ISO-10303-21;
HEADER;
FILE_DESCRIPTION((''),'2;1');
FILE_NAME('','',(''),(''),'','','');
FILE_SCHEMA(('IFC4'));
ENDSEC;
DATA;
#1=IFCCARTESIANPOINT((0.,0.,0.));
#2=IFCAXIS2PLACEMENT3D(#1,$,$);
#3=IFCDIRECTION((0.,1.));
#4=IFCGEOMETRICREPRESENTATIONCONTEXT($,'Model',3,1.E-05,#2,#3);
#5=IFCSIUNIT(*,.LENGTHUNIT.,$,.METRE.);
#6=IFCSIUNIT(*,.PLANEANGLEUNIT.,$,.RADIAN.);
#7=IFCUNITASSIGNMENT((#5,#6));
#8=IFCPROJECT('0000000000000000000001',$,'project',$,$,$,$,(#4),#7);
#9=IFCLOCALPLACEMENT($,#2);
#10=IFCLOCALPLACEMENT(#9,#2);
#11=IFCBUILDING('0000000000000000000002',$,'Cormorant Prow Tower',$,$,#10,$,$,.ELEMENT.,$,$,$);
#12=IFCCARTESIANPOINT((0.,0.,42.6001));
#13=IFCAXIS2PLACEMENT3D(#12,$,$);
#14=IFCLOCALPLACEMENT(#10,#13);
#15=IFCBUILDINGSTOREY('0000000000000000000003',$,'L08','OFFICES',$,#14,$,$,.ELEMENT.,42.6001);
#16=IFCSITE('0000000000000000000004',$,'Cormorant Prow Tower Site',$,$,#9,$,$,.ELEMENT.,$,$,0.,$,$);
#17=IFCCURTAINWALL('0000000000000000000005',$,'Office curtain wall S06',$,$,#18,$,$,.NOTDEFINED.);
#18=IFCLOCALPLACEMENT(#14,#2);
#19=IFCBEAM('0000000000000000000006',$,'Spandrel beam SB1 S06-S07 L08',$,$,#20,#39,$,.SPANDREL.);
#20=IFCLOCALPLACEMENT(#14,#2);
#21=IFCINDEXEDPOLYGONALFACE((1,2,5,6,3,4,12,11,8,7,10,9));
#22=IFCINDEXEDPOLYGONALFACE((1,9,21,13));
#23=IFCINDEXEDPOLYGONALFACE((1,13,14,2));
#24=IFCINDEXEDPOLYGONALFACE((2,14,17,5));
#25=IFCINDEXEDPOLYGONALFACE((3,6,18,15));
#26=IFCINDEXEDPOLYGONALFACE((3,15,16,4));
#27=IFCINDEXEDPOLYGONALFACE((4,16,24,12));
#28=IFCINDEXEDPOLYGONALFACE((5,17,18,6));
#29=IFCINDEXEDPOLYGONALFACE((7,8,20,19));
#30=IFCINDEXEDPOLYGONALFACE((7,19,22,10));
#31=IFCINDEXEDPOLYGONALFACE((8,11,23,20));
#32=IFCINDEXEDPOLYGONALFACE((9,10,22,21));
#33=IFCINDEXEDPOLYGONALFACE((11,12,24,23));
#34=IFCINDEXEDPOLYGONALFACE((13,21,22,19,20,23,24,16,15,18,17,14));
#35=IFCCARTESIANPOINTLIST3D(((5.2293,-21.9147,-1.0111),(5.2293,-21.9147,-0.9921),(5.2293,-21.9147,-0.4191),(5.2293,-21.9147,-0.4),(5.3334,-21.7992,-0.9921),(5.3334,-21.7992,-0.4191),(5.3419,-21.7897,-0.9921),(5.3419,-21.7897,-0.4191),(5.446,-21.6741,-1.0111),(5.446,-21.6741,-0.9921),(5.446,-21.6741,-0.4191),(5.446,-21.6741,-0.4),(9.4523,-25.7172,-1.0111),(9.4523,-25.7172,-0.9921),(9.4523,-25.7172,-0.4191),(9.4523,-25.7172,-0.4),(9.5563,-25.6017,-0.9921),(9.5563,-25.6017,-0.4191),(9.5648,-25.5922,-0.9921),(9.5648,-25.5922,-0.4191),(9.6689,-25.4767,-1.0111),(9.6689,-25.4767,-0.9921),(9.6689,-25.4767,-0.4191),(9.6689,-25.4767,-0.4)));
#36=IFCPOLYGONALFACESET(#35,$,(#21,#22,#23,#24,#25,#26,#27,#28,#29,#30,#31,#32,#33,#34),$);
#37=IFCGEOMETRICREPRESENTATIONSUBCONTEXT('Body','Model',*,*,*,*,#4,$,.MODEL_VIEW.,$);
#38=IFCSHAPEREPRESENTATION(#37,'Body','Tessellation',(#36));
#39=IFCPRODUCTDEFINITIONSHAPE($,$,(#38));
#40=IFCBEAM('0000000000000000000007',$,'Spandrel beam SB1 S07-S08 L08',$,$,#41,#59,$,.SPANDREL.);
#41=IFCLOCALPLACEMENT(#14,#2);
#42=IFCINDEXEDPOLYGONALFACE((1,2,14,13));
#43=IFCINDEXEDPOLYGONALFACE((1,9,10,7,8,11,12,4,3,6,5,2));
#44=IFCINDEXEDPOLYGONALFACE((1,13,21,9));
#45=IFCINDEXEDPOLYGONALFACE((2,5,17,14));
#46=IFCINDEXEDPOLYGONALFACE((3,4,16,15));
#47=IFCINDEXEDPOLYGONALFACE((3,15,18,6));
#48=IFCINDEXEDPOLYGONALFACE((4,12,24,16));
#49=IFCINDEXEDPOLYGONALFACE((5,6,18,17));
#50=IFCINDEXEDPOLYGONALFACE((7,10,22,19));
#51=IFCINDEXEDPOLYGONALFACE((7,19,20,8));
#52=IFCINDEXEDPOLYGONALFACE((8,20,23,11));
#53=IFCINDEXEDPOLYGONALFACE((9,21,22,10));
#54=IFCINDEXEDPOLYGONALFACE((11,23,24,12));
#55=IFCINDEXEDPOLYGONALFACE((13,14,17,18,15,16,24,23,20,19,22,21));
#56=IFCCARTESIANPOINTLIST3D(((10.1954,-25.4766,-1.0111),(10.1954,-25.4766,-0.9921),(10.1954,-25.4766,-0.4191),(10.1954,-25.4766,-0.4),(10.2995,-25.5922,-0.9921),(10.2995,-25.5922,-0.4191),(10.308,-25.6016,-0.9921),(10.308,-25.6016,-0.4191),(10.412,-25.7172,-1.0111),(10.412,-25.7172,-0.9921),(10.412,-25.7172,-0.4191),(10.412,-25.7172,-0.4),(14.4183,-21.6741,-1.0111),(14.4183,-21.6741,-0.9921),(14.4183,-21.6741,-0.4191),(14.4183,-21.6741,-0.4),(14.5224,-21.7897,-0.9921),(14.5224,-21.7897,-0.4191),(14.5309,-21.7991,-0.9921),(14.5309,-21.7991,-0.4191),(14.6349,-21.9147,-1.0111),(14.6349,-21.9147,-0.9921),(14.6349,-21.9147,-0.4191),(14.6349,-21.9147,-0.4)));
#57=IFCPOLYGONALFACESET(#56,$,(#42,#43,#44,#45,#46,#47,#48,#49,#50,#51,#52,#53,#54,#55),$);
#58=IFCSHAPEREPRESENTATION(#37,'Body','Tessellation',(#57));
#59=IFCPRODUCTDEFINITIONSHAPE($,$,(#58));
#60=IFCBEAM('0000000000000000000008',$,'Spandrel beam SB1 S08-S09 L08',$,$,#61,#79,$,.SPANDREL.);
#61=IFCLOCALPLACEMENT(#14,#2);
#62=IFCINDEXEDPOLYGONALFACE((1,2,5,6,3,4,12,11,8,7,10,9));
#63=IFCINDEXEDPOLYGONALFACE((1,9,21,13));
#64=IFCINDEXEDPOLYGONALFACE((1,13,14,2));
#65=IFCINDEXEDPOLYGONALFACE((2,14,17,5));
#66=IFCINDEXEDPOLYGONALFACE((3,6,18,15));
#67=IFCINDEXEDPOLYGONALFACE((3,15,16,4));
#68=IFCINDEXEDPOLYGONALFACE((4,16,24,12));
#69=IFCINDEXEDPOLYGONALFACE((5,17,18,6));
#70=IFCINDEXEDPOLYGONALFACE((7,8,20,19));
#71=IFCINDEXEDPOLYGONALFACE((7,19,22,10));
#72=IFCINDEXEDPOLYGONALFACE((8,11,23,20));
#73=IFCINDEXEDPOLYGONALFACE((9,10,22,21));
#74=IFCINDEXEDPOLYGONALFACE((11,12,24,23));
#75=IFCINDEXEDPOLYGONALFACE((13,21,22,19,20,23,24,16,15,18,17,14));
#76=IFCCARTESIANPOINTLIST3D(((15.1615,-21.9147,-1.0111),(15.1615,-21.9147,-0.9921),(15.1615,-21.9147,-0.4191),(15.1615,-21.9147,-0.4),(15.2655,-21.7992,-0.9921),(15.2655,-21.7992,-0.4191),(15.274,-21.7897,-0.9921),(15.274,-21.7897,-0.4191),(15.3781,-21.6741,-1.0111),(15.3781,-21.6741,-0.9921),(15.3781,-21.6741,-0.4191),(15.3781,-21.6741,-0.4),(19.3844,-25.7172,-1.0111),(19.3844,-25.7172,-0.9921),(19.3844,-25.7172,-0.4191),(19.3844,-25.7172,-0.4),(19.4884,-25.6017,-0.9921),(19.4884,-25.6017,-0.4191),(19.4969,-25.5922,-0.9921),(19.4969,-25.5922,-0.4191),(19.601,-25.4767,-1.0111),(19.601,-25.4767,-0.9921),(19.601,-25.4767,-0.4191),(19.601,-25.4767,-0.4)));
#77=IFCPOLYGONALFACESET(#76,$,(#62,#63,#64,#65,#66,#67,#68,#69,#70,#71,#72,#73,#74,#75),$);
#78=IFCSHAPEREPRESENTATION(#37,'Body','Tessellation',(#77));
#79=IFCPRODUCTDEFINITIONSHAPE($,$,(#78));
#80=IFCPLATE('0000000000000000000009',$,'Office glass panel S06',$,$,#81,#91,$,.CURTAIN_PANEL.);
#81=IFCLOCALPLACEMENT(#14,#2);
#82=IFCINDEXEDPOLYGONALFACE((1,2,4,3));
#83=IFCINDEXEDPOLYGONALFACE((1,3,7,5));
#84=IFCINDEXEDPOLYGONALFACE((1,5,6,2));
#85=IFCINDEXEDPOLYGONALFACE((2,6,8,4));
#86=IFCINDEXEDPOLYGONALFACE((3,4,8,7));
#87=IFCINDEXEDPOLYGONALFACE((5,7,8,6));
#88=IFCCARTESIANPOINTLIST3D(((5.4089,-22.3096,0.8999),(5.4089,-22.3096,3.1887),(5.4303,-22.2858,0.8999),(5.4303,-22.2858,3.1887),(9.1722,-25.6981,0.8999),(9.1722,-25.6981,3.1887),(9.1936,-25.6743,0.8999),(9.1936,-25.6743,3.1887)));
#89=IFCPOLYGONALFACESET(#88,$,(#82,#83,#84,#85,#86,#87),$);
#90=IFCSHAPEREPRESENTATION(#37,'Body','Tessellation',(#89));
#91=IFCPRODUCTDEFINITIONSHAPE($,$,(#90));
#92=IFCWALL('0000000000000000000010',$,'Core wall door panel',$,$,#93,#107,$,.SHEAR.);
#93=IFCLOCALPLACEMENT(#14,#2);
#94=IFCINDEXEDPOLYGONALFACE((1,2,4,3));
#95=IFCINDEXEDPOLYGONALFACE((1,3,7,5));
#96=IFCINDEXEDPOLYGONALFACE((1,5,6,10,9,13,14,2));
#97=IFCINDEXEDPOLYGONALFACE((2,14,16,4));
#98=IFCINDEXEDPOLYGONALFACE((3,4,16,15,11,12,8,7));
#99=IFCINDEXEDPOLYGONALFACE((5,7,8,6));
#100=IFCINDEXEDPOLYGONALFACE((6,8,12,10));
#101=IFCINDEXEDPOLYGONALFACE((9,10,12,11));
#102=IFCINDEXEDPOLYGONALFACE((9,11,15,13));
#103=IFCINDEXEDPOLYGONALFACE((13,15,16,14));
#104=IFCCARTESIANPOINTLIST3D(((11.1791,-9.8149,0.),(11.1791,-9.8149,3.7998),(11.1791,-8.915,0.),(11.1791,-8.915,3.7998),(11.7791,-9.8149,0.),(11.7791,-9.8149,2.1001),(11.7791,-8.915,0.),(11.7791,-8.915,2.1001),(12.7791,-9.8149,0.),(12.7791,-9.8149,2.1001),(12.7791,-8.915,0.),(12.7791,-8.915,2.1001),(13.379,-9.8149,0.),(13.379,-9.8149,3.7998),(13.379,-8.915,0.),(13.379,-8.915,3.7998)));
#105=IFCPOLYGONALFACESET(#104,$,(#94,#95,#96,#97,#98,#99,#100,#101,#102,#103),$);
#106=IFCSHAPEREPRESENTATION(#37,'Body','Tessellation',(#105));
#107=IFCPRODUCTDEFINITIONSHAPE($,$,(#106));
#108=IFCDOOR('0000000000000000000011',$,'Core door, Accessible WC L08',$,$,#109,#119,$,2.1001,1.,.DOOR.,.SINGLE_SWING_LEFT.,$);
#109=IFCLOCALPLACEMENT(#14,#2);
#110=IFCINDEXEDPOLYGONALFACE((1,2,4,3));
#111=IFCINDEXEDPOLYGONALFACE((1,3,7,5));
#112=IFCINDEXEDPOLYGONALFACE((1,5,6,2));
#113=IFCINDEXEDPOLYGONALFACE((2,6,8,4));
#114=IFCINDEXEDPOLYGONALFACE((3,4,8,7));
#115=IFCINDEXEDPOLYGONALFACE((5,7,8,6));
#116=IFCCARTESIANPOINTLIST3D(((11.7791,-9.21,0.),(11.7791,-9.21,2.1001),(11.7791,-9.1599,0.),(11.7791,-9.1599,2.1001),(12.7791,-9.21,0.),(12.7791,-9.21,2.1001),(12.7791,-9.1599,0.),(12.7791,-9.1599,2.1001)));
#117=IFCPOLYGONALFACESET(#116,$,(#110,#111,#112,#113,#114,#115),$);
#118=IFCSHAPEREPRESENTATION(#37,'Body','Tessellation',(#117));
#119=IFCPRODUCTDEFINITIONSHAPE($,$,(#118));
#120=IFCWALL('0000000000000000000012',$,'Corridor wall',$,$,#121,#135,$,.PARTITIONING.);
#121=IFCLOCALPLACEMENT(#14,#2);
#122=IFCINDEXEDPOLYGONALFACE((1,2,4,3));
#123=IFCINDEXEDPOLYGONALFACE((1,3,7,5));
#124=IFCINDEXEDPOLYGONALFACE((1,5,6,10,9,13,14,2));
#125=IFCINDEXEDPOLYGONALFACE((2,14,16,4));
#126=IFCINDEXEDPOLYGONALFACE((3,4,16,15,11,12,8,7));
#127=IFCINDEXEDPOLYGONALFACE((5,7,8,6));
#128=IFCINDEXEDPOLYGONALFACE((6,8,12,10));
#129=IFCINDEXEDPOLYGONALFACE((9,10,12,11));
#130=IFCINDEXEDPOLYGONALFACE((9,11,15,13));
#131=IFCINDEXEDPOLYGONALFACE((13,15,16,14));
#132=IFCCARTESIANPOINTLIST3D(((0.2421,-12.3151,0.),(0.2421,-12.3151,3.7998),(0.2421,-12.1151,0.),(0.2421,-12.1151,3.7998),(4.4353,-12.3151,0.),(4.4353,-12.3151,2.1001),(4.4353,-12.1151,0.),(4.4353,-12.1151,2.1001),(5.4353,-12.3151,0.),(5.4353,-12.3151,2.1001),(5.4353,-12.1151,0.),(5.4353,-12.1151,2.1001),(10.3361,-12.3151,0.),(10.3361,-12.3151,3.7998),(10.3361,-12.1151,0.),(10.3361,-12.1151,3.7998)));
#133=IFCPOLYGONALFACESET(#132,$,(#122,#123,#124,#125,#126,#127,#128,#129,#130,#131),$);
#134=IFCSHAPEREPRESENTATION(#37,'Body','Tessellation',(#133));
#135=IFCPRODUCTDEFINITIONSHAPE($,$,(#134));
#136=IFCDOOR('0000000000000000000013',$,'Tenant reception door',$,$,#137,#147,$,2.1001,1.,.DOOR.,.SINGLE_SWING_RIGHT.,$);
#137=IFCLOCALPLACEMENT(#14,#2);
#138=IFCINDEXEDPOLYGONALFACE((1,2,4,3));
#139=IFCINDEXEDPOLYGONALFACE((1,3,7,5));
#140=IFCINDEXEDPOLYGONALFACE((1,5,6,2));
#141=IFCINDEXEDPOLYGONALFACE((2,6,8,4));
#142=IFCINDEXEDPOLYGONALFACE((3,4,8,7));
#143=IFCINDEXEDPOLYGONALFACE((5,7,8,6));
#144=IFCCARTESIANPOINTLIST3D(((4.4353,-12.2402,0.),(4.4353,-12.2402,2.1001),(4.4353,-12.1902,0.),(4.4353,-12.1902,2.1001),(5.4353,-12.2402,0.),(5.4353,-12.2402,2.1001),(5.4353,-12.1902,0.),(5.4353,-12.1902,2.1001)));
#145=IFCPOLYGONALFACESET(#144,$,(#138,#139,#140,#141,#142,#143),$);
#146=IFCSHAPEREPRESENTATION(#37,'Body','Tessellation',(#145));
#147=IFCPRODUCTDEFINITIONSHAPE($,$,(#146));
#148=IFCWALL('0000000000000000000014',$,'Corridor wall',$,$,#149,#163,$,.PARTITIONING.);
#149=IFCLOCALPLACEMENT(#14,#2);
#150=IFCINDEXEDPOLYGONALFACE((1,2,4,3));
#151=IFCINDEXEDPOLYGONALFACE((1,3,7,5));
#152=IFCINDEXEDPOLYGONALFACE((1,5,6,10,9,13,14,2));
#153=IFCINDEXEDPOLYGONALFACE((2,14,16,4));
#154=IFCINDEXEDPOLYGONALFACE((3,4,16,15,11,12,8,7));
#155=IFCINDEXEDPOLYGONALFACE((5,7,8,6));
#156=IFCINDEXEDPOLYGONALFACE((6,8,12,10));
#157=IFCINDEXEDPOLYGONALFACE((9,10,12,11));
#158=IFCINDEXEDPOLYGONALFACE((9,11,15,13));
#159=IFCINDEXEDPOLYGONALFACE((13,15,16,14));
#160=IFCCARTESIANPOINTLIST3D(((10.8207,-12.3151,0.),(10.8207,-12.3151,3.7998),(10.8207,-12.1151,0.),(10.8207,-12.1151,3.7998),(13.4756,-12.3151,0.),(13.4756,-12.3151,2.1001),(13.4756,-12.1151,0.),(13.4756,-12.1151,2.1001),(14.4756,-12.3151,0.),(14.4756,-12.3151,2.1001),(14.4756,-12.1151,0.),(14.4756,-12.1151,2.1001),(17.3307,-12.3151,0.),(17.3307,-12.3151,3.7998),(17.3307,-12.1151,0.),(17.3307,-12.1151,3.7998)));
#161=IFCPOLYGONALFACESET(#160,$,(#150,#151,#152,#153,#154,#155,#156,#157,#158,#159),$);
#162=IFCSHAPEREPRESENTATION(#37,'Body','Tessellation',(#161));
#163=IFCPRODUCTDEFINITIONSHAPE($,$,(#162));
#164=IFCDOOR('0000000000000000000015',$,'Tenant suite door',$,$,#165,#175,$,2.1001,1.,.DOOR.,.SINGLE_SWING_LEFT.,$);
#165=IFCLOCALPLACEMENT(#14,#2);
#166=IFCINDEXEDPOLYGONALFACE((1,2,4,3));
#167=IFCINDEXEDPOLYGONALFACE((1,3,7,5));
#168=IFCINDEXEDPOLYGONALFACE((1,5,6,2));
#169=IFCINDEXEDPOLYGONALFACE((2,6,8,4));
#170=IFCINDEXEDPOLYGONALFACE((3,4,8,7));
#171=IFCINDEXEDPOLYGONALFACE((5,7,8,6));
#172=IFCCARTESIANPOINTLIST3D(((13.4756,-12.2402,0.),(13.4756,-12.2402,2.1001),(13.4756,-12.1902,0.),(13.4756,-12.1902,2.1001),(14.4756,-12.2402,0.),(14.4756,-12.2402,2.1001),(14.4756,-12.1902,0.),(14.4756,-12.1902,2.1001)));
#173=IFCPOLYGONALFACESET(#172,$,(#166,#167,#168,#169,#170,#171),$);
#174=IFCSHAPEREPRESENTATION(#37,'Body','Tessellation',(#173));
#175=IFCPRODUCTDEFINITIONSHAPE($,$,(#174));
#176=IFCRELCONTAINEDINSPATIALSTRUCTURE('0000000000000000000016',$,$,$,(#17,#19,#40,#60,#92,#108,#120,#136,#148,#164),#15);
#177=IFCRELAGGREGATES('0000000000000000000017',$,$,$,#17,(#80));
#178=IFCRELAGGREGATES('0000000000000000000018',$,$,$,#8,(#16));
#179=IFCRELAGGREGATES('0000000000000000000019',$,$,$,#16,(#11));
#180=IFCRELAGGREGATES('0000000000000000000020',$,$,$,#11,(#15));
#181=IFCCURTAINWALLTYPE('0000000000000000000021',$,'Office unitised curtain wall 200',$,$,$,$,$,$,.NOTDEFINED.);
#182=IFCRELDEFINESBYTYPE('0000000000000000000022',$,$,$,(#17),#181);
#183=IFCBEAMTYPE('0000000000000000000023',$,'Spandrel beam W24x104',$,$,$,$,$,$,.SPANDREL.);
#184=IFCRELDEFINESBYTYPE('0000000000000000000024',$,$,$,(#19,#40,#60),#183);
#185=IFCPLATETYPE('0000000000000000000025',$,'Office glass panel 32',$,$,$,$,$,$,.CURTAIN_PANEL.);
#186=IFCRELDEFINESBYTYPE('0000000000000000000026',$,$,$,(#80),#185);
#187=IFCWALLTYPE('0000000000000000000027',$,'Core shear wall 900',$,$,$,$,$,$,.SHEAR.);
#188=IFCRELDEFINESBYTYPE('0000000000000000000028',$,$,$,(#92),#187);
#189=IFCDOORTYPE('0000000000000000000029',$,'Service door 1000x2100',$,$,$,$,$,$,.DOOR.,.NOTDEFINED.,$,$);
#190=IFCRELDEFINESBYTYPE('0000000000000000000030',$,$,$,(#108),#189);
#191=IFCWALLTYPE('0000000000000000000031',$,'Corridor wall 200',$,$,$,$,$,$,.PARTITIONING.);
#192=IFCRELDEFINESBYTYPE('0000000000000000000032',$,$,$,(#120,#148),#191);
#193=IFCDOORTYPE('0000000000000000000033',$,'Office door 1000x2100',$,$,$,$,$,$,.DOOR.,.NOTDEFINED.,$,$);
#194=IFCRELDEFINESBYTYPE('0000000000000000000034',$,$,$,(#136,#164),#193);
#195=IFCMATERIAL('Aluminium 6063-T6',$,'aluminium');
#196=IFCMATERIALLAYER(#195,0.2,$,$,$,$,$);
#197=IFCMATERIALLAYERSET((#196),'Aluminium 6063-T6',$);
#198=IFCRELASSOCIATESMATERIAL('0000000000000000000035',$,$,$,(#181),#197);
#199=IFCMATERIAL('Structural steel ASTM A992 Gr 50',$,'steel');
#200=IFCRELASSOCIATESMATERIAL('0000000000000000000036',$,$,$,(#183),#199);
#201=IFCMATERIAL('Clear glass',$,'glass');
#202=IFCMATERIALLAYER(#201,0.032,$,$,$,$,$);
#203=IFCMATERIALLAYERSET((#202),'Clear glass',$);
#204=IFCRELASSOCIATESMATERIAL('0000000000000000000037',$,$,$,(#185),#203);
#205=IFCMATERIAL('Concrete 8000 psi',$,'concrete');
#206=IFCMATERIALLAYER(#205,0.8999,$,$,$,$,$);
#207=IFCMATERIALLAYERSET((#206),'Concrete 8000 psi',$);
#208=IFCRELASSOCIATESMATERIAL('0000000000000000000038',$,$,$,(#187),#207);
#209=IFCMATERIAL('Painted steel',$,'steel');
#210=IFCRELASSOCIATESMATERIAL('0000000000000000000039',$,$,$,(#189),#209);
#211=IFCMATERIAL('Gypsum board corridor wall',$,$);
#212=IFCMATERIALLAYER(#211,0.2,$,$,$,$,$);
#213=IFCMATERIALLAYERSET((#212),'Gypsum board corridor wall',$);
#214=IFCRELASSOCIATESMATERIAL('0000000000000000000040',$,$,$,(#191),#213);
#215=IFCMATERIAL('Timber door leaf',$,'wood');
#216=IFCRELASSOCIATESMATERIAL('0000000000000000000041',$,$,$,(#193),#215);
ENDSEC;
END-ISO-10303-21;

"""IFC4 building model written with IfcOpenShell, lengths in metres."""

from ifc_helpers import new_model, si_unit, direction, frame, frame_2d, origin, origin_2d, place, context, subcontext, project, spatial, rectangle, i_section, extrude, material, layer, layer_set, material_profile, profile_set, type_object, element, fill, aggregate, save


model = new_model("IFC4")

# Units and contexts
model_context = context("Model", 3, precision=1e-05, world=origin(), true_north=direction((0.0, 1.0)))
body_context = subcontext(model_context, "Body", "Model", "MODEL_VIEW")
ifc_project = project(units=[si_unit("LENGTHUNIT", "METRE"), si_unit("PLANEANGLEUNIT", "RADIAN")], contexts=[model_context])

# Site, building, storey
site_placement = place(None, origin())
site = spatial("IfcSite", under=ifc_project, at=site_placement, Name="Cormorant Prow Tower Site", CompositionType="ELEMENT", RefElevation=0.0)
building_placement = place(site_placement, origin())
building = spatial("IfcBuilding", under=site, at=building_placement, Name="Cormorant Prow Tower", CompositionType="ELEMENT")
storey_placement = place(building_placement, frame((0.0, 0.0, 42.6001)))
storey = spatial("IfcBuildingStorey", under=building, at=storey_placement, Name="L08", Description="OFFICES", CompositionType="ELEMENT", Elevation=42.6001)

# Curtain wall
ifc_material_1 = material(Name="Aluminium 6063-T6", Category="aluminium")
ifc_layer_1 = layer(ifc_material_1, 0.2)
ifc_layer_set_1 = layer_set([ifc_layer_1], Name="Aluminium 6063-T6")
curtain_wall_type = type_object("IfcCurtainWallType", Name="Office unitised curtain wall 200", PredefinedType="NOTDEFINED", material=ifc_layer_set_1)
curtain_wall_1_placement = place(storey_placement, origin())
curtain_wall_1 = element("IfcCurtainWall", 1, at=curtain_wall_1_placement, inside=storey, type_object=curtain_wall_type, Name="Office curtain wall S06", PredefinedType="NOTDEFINED")

# Beams
ifc_material_2 = material(Name="Structural steel ASTM A992 Gr 50", Category="steel")
ifc_material_profile_1 = material_profile(ifc_material_2, i_section(OverallWidth=0.3237, OverallDepth=0.6111, WebThickness=0.0127, FlangeThickness=0.019, at=origin_2d()), Name="W24x104")
ifc_profile_set_1 = profile_set([ifc_material_profile_1], Name="Structural steel ASTM A992 Gr 50")
beam_type_1 = type_object("IfcBeamType", Name="Spandrel beam W24x104", PredefinedType="SPANDREL", material=ifc_profile_set_1)
for number, where, z_axis, x_axis, name in (
    (2, (5.3376, -21.7944, -0.7056), (0.74313, -0.669147, 0.0), (0.669147, 0.74313, 0.0), "Spandrel beam SB1 S06-S07 L08"),
    (3, (10.3037, -25.5969, -0.7056), (0.74313, 0.669147, 0.0), (-0.669147, 0.74313, 0.0), "Spandrel beam SB1 S07-S08 L08"),
    (4, (15.2698, -21.7944, -0.7056), (0.74313, -0.669147, 0.0), (0.669147, 0.74313, 0.0), "Spandrel beam SB1 S08-S09 L08"),
):
    element("IfcBeam", number, at=place(storey_placement, frame(where, z_axis=z_axis, x_axis=x_axis)), inside=storey, type_object=beam_type_1, Name=name, PredefinedType="SPANDREL", context=body_context, shape_type="SweptSolid", body=[
        extrude(i_section(OverallWidth=0.3237, OverallDepth=0.6111, WebThickness=0.0127, FlangeThickness=0.019, at=origin_2d()), origin(), (0.0, 0.0, 1.0), 5.6826),
    ])

# Plate
ifc_material_3 = material(Name="Clear glass", Category="glass")
ifc_layer_2 = layer(ifc_material_3, 0.032)
ifc_layer_set_2 = layer_set([ifc_layer_2], Name="Clear glass")
plate_type = type_object("IfcPlateType", Name="Office glass panel 32", PredefinedType="CURTAIN_PANEL", material=ifc_layer_set_2)
plate_placement = place(storey_placement, frame((7.3013, -23.9919, 0.8999), z_axis=(0.0, 0.0, 1.0), x_axis=(0.743145, -0.669131, 0.0)))
plate = element("IfcPlate", 5, at=plate_placement, type_object=plate_type, Name="Office glass panel S06", PredefinedType="CURTAIN_PANEL", context=body_context, shape_type="SweptSolid", body=[
    extrude(rectangle(XDim=5.064, YDim=0.032, at=origin_2d()), origin(), (0.0, 0.0, 1.0), 2.2888),
])
aggregate(curtain_wall_1, [plate])

# Walls, openings, doors
ifc_material_4 = material(Name="Concrete 8000 psi", Category="concrete")
ifc_layer_3 = layer(ifc_material_4, 0.8999)
ifc_layer_set_3 = layer_set([ifc_layer_3], Name="Concrete 8000 psi")
wall_type_1 = type_object("IfcWallType", Name="Core shear wall 900", PredefinedType="SHEAR", material=ifc_layer_set_3)
wall_1_placement = place(storey_placement, frame((11.179, -9.365, 0.0), z_axis=(0.0, 0.0, 1.0), x_axis=(1.0, 0.0, 0.0)))
wall_1 = element("IfcWall", 6, at=wall_1_placement, inside=storey, type_object=wall_type_1, Name="Core wall door panel", PredefinedType="SHEAR", context=body_context, shape_type="SweptSolid", body=[
    extrude(rectangle(XDim=2.2, YDim=0.8999, at=frame_2d((1.1001, 0.0))), origin(), (0.0, 0.0, 1.0), 3.7998),
])
opening_1_placement = place(wall_1_placement, frame((0.6001, 0.0, 0.0)))
opening_1 = element("IfcOpeningElement", 7, at=opening_1_placement, cuts=wall_1, PredefinedType="OPENING", context=body_context, shape_type="SweptSolid", body=[
    extrude(rectangle(XDim=1.0, YDim=2.1001, at=frame_2d((0.5, 1.05))), frame((0.0, 0.46, 0.0), z_axis=(0.0, -1.0, 0.0), x_axis=(1.0, 0.0, 0.0)), (0.0, 0.0, 1.0), 0.9199),
])
ifc_material_5 = material(Name="Painted steel", Category="steel")
door_type_1 = type_object("IfcDoorType", Name="Service door 1000x2100", OperationType="NOTDEFINED", PredefinedType="DOOR", material=ifc_material_5)
door_1_placement = place(opening_1_placement, origin())
door_1 = element("IfcDoor", 8, at=door_1_placement, inside=storey, type_object=door_type_1, Name="Core door, Accessible WC L08", OperationType="SINGLE_SWING_LEFT", OverallHeight=2.1001, OverallWidth=1.0, PredefinedType="DOOR", context=body_context, shape_type="SweptSolid", body=[
    extrude(rectangle(XDim=1.0, YDim=2.1001, at=frame_2d((0.5, 1.05))), frame((0.0, 0.2051, 0.0), z_axis=(0.0, -1.0, 0.0), x_axis=(1.0, 0.0, 0.0)), (0.0, 0.0, 1.0), 0.05),
])
fill(opening_1, door_1)
ifc_material_6 = material(Name="Gypsum board corridor wall")
ifc_layer_4 = layer(ifc_material_6, 0.2)
ifc_layer_set_4 = layer_set([ifc_layer_4], Name="Gypsum board corridor wall")
wall_type_2 = type_object("IfcWallType", Name="Corridor wall 200", PredefinedType="PARTITIONING", material=ifc_layer_set_4)
wall_2_placement = place(storey_placement, frame((0.2422, -12.2151, 0.0), z_axis=(0.0, 0.0, 1.0), x_axis=(1.0, 0.0, 0.0)))
wall_2 = element("IfcWall", 9, at=wall_2_placement, inside=storey, type_object=wall_type_2, Name="Corridor wall", PredefinedType="PARTITIONING", context=body_context, shape_type="SweptSolid", body=[
    extrude(rectangle(XDim=10.094, YDim=0.2, at=frame_2d((5.0469, 0.0))), origin(), (0.0, 0.0, 1.0), 3.7998),
])
opening_2_placement = place(wall_2_placement, frame((4.1931, 0.0, 0.0)))
opening_2 = element("IfcOpeningElement", 10, at=opening_2_placement, cuts=wall_2, PredefinedType="OPENING", context=body_context, shape_type="SweptSolid", body=[
    extrude(rectangle(XDim=1.0, YDim=2.1001, at=frame_2d((0.5, 1.05))), frame((0.0, 0.1099, 0.0), z_axis=(0.0, -1.0, 0.0), x_axis=(1.0, 0.0, 0.0)), (0.0, 0.0, 1.0), 0.22),
])
ifc_material_7 = material(Name="Timber door leaf", Category="wood")
door_type_2 = type_object("IfcDoorType", Name="Office door 1000x2100", OperationType="NOTDEFINED", PredefinedType="DOOR", material=ifc_material_7)
door_2_placement = place(opening_2_placement, origin())
door_2 = element("IfcDoor", 11, at=door_2_placement, inside=storey, type_object=door_type_2, Name="Tenant reception door", OperationType="SINGLE_SWING_RIGHT", OverallHeight=2.1001, OverallWidth=1.0, PredefinedType="DOOR", context=body_context, shape_type="SweptSolid", body=[
    extrude(rectangle(XDim=1.0, YDim=2.1001, at=frame_2d((0.5, 1.05))), frame((0.0, 0.0249, 0.0), z_axis=(0.0, -1.0, 0.0), x_axis=(1.0, 0.0, 0.0)), (0.0, 0.0, 1.0), 0.05),
])
fill(opening_2, door_2)
wall_3_placement = place(storey_placement, frame((10.8208, -12.2151, 0.0), z_axis=(0.0, 0.0, 1.0), x_axis=(1.0, 0.0, 0.0)))
wall_3 = element("IfcWall", 12, at=wall_3_placement, inside=storey, type_object=wall_type_2, Name="Corridor wall", PredefinedType="PARTITIONING", context=body_context, shape_type="SweptSolid", body=[
    extrude(rectangle(XDim=6.51, YDim=0.2, at=frame_2d((3.2549, 0.0))), origin(), (0.0, 0.0, 1.0), 3.7998),
])
opening_3_placement = place(wall_3_placement, frame((2.6548, 0.0, 0.0)))
opening_3 = element("IfcOpeningElement", 13, at=opening_3_placement, cuts=wall_3, PredefinedType="OPENING", context=body_context, shape_type="SweptSolid", body=[
    extrude(rectangle(XDim=1.0, YDim=2.1001, at=frame_2d((0.5, 1.05))), frame((0.0, 0.1099, 0.0), z_axis=(0.0, -1.0, 0.0), x_axis=(1.0, 0.0, 0.0)), (0.0, 0.0, 1.0), 0.22),
])
door_3_placement = place(opening_3_placement, origin())
door_3 = element("IfcDoor", 14, at=door_3_placement, inside=storey, type_object=door_type_2, Name="Tenant suite door", OperationType="SINGLE_SWING_LEFT", OverallHeight=2.1001, OverallWidth=1.0, PredefinedType="DOOR", context=body_context, shape_type="SweptSolid", body=[
    extrude(rectangle(XDim=1.0, YDim=2.1001, at=frame_2d((0.5, 1.05))), frame((0.0, 0.0249, 0.0), z_axis=(0.0, -1.0, 0.0), x_axis=(1.0, 0.0, 0.0)), (0.0, 0.0, 1.0), 0.05),
])
fill(opening_3, door_3)

save(model, "model.ifc")
